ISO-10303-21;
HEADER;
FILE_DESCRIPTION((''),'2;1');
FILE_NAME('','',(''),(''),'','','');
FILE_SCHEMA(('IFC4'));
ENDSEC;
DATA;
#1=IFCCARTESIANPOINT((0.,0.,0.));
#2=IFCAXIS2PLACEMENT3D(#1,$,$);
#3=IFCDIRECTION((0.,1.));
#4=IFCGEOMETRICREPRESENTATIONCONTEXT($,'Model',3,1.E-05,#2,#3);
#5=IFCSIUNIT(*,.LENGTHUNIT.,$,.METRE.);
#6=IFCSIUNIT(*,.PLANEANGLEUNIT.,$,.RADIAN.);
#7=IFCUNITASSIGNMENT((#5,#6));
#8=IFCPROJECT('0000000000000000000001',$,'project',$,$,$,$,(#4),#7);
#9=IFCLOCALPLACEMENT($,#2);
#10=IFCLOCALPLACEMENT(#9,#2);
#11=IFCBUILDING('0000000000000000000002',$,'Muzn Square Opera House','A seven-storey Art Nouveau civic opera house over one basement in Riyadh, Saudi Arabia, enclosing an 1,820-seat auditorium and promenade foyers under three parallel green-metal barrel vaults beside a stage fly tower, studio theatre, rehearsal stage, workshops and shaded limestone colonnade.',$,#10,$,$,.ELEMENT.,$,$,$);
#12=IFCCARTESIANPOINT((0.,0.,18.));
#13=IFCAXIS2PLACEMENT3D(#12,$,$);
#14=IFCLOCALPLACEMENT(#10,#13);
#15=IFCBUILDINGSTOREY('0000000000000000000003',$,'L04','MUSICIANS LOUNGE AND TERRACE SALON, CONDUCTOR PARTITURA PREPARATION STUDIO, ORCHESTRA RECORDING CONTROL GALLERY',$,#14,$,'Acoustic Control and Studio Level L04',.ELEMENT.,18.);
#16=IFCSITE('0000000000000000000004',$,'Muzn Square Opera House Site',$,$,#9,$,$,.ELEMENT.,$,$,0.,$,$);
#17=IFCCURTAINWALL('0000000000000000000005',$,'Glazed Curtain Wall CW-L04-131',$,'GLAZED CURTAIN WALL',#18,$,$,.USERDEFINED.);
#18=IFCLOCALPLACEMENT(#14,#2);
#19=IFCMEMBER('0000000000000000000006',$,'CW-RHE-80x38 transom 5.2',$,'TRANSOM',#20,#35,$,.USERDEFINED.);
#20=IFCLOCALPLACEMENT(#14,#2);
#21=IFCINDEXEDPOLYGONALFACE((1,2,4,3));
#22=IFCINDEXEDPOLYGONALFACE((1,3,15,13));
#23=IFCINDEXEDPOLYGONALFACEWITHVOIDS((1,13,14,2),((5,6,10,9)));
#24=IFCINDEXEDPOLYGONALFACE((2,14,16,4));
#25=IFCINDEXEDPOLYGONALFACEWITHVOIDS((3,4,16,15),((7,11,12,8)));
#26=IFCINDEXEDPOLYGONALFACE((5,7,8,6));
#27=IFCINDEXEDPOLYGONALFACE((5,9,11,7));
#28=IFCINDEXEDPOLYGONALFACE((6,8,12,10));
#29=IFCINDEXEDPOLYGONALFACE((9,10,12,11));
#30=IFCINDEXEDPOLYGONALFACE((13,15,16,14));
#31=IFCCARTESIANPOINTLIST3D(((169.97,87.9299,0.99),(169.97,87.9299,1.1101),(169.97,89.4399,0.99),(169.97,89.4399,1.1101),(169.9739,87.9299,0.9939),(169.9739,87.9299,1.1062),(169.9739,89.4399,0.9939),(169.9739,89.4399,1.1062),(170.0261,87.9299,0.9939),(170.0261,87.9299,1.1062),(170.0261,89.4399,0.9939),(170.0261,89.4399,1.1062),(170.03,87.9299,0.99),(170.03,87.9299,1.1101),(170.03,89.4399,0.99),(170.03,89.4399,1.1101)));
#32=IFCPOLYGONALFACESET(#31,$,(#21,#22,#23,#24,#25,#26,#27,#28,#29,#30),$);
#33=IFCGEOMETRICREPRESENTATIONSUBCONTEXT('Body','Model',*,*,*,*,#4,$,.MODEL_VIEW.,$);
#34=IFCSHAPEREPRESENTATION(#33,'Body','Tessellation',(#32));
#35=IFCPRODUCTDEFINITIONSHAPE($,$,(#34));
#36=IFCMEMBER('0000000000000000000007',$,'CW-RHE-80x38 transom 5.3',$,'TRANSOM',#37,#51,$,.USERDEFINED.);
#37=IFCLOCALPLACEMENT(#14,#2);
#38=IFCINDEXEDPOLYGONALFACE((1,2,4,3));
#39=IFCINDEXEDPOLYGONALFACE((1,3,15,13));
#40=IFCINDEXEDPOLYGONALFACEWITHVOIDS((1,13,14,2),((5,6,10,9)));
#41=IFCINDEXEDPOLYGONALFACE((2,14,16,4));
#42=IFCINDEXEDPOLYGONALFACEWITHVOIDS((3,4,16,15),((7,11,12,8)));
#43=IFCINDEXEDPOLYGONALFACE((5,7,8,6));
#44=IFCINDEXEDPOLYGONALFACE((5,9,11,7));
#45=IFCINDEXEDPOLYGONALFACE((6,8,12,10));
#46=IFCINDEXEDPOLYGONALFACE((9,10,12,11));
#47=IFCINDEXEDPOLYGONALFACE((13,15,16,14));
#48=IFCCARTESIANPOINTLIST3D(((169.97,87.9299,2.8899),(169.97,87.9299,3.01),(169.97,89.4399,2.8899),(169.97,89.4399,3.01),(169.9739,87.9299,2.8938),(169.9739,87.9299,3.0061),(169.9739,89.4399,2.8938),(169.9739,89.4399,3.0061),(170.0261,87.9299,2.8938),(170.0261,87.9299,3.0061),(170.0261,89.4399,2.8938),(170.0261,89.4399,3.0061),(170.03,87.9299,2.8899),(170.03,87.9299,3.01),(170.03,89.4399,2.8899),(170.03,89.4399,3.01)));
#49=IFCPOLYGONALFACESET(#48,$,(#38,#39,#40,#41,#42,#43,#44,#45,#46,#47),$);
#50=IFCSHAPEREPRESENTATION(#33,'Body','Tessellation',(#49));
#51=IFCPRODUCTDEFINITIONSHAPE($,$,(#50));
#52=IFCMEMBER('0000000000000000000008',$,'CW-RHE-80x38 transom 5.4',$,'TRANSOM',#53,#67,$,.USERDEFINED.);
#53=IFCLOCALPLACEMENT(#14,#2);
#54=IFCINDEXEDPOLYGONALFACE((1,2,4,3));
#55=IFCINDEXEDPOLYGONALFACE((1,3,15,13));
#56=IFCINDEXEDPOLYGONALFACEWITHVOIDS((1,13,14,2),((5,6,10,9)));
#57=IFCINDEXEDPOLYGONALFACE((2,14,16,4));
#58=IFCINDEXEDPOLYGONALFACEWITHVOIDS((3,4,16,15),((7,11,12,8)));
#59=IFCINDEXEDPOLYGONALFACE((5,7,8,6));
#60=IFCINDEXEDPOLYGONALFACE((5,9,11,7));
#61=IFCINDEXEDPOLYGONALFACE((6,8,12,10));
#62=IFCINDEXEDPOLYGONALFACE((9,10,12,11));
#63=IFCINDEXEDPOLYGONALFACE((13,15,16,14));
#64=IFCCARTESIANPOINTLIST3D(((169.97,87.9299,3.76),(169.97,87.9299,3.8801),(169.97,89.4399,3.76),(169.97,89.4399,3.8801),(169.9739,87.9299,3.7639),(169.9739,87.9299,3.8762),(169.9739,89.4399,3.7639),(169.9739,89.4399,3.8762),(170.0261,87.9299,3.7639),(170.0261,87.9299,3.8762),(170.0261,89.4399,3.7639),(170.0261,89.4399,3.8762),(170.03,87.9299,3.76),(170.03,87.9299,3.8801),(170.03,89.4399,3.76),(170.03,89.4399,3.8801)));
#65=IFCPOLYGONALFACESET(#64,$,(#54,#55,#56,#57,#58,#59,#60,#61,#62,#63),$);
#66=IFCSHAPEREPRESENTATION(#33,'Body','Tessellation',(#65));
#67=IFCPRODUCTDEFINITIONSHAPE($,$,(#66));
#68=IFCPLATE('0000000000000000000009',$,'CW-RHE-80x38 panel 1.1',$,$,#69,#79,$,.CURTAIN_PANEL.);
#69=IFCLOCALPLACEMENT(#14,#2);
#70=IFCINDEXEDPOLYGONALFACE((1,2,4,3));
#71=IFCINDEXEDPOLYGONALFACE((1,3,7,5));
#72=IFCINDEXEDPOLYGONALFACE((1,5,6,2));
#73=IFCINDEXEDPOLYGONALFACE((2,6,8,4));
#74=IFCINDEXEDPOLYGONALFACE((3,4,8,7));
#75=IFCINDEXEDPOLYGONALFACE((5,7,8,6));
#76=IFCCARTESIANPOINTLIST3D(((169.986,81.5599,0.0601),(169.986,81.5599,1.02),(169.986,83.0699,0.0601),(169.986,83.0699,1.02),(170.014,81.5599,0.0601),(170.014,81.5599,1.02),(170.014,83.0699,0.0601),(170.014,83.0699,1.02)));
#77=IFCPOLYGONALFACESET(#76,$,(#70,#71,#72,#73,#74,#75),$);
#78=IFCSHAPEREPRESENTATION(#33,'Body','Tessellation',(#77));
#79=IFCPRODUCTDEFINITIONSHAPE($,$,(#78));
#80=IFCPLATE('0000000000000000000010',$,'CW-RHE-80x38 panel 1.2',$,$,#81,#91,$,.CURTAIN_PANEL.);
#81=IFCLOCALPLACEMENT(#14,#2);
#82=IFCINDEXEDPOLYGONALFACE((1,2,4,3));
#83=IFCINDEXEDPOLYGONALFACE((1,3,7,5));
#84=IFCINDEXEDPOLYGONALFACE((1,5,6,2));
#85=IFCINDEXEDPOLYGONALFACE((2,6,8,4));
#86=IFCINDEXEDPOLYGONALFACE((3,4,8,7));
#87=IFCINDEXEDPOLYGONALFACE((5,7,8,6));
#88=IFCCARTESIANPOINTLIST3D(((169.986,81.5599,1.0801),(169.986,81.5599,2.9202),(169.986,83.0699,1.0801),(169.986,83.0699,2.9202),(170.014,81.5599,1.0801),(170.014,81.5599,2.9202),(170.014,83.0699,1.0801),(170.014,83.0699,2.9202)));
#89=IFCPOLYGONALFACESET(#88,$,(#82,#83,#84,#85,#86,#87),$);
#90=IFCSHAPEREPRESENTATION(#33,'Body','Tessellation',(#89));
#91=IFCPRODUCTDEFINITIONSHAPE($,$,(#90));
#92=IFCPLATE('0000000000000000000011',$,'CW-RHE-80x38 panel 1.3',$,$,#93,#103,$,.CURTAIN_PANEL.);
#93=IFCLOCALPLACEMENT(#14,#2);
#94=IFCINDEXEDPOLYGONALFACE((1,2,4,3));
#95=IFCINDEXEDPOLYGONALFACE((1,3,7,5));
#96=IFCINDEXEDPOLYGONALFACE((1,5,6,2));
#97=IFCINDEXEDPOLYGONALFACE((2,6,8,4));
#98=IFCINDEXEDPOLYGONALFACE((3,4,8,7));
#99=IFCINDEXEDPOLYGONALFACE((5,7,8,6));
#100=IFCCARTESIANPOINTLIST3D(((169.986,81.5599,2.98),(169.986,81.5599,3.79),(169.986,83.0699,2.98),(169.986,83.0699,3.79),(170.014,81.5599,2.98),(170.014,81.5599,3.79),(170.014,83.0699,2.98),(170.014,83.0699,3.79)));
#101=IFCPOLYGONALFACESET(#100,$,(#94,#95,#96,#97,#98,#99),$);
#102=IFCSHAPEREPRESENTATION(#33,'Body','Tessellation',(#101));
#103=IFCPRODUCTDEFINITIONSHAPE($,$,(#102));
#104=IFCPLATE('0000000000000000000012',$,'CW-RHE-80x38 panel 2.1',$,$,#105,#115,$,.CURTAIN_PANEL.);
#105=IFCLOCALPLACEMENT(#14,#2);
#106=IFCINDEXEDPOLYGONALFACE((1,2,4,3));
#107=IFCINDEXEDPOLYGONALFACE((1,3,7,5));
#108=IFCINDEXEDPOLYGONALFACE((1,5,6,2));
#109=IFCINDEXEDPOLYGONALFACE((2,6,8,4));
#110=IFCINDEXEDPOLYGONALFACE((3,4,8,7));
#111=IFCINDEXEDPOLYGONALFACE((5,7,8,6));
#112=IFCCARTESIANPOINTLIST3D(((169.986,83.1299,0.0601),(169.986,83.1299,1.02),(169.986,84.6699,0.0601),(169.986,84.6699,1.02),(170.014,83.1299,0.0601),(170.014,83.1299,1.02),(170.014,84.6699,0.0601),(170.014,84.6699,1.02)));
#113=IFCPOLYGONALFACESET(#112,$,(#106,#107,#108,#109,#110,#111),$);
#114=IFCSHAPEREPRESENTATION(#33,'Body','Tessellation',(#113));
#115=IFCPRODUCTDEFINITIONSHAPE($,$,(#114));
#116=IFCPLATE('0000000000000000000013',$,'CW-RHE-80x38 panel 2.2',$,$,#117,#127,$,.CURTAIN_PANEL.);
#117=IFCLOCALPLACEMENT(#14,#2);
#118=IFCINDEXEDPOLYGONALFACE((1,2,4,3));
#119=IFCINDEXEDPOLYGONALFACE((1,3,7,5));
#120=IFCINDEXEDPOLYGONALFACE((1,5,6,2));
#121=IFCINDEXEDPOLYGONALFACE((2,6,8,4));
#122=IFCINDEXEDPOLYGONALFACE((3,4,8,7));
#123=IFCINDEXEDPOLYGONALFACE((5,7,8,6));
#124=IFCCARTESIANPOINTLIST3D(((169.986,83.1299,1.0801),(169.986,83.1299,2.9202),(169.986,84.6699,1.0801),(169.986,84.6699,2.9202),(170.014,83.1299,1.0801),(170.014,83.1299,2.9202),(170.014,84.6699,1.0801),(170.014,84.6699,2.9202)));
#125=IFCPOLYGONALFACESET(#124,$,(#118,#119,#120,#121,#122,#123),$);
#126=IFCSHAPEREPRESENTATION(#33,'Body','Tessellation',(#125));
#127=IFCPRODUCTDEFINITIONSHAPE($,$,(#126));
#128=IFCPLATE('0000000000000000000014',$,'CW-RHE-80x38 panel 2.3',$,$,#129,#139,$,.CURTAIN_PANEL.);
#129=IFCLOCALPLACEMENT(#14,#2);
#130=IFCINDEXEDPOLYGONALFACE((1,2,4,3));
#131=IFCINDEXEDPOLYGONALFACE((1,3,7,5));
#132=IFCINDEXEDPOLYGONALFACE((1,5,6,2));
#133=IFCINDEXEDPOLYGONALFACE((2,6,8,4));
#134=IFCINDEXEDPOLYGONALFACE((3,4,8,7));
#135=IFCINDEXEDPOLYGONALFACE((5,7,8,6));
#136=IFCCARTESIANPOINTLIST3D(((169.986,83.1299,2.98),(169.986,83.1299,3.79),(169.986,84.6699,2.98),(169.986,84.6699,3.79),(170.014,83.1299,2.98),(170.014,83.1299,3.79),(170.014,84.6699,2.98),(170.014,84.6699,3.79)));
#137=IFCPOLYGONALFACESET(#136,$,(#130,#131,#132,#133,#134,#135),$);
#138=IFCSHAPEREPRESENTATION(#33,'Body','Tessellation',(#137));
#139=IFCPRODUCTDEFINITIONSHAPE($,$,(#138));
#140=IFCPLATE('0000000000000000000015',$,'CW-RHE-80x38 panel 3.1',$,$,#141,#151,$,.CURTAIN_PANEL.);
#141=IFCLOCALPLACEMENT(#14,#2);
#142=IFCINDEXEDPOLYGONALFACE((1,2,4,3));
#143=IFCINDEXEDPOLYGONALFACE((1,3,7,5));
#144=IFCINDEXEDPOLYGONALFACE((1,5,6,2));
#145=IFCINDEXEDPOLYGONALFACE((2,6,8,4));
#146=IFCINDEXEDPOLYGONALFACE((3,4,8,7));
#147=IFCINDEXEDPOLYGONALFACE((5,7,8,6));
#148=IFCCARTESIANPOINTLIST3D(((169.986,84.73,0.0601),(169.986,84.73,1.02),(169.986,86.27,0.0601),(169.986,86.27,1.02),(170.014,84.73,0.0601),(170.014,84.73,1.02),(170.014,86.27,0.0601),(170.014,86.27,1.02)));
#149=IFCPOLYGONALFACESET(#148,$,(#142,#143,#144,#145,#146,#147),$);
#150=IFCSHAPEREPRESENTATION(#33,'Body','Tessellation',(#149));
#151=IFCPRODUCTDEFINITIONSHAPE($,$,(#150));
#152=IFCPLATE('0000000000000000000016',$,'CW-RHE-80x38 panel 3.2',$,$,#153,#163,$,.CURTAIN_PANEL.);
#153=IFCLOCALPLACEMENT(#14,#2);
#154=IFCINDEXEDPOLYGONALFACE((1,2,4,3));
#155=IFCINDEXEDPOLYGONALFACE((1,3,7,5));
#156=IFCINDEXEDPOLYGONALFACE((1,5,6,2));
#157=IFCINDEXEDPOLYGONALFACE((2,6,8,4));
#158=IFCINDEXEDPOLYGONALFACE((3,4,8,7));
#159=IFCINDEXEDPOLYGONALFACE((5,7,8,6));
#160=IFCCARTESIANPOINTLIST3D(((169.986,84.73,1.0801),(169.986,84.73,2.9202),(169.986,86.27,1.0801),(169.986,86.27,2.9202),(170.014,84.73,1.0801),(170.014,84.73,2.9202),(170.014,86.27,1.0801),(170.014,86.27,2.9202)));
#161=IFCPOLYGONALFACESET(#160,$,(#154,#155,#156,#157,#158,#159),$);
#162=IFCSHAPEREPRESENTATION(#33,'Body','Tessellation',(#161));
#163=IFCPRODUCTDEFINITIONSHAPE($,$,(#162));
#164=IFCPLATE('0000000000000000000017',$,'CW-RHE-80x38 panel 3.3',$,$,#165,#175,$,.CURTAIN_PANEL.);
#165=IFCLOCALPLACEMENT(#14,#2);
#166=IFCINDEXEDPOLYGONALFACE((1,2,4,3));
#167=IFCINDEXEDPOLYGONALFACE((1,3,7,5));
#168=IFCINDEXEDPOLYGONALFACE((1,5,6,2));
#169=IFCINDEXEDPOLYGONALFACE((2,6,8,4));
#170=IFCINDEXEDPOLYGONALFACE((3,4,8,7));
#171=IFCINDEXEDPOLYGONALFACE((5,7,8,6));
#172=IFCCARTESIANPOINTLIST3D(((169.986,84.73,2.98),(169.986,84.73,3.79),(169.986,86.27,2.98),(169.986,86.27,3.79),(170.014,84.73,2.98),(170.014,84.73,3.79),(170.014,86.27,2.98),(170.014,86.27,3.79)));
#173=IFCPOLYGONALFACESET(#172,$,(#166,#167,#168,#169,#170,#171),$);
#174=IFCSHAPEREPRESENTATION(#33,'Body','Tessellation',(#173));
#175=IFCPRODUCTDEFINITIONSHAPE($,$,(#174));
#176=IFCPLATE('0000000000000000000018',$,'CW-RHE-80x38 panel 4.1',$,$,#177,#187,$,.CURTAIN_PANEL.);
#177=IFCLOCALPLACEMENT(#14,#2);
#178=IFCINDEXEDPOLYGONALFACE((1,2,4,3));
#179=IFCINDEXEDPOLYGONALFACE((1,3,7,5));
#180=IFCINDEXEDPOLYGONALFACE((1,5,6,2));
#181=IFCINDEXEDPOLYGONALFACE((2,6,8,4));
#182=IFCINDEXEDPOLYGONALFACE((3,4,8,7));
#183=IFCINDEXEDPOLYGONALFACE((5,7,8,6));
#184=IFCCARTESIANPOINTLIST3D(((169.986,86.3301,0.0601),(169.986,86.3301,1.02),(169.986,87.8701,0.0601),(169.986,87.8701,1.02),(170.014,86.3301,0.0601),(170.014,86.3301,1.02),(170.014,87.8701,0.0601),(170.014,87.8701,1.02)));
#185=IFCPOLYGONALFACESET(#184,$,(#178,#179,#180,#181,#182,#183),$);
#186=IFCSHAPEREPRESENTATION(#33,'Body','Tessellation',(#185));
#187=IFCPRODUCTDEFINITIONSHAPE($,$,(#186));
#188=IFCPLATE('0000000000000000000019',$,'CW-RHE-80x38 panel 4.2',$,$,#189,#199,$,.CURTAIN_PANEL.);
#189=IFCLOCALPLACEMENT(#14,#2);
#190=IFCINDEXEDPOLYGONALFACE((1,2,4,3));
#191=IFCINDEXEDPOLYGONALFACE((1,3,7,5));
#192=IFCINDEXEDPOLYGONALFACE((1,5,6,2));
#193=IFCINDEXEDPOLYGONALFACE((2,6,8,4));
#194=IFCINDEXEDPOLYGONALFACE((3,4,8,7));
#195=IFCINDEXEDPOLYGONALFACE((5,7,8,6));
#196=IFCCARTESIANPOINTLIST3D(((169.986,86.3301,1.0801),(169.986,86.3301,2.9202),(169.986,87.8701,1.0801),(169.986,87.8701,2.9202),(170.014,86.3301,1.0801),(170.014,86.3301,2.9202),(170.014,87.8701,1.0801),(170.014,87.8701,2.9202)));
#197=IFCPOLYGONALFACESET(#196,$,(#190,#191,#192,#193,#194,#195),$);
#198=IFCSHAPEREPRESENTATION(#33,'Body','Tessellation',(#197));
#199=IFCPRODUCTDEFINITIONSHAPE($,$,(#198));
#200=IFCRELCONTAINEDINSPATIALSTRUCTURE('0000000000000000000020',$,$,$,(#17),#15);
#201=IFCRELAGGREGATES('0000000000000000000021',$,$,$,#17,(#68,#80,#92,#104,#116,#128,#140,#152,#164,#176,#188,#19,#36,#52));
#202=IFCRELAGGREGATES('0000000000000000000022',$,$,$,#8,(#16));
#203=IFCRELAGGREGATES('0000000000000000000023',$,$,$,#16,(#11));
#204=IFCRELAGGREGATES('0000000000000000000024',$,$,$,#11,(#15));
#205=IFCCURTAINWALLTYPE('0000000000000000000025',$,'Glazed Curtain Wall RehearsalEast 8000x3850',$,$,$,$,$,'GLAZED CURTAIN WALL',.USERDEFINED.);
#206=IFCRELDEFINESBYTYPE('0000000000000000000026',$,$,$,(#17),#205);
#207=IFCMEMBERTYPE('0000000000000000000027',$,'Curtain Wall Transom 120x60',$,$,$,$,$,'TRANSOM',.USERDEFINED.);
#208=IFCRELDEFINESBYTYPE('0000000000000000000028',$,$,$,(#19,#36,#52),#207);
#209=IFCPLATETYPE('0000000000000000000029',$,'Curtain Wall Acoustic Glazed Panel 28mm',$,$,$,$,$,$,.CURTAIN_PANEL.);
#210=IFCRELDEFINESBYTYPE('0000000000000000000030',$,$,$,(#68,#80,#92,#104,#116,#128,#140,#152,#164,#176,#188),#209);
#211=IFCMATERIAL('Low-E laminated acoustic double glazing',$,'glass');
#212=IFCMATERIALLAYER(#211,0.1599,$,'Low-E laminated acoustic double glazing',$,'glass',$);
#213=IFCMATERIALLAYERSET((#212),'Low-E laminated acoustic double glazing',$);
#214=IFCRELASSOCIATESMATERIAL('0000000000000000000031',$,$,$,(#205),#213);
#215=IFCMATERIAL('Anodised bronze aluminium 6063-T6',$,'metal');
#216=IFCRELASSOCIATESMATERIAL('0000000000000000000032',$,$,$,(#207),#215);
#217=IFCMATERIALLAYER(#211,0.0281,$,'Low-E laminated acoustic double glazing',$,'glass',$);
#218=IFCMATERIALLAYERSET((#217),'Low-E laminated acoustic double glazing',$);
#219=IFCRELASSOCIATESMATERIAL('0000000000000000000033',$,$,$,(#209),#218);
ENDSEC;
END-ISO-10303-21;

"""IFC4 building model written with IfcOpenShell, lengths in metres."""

from ifc_helpers import new_model, si_unit, direction, frame, origin, origin_2d, place, context, subcontext, project, spatial, rectangle, hollow_rectangle, extrude, material, layer, layer_set, material_profile, profile_set, type_object, element, aggregate, save


model = new_model("IFC4")

# Units and contexts
model_context = context("Model", 3, precision=1e-05, world=origin(), true_north=direction((0.0, 1.0)))
body_context = subcontext(model_context, "Body", "Model", "MODEL_VIEW")
ifc_project = project(units=[si_unit("LENGTHUNIT", "METRE"), si_unit("PLANEANGLEUNIT", "RADIAN")], contexts=[model_context])

# Site, building, storey
site_placement = place(None, origin())
site = spatial("IfcSite", under=ifc_project, at=site_placement, Name="Muzn Square Opera House Site", CompositionType="ELEMENT", RefElevation=0.0)
building_placement = place(site_placement, origin())
building = spatial("IfcBuilding", under=site, at=building_placement, Name="Muzn Square Opera House", Description="A seven-storey Art Nouveau civic opera house over one basement in Riyadh, Saudi Arabia, enclosing an 1,820-seat auditorium and promenade foyers under three parallel green-metal barrel vaults beside a stage fly tower, studio theatre, rehearsal stage, workshops and shaded limestone colonnade.", CompositionType="ELEMENT")
storey_placement = place(building_placement, frame((0.0, 0.0, 18.0)))
storey = spatial("IfcBuildingStorey", under=building, at=storey_placement, Name="L04", Description="MUSICIANS LOUNGE AND TERRACE SALON, CONDUCTOR PARTITURA PREPARATION STUDIO, ORCHESTRA RECORDING CONTROL GALLERY", LongName="Acoustic Control and Studio Level L04", CompositionType="ELEMENT", Elevation=18.0)

# Curtain wall, members, plates
ifc_material_1 = material(Name="Low-E laminated acoustic double glazing", Category="glass")
ifc_layer_1 = layer(ifc_material_1, 0.1599, Name="Low-E laminated acoustic double glazing", Category="glass")
ifc_layer_set_1 = layer_set([ifc_layer_1], Name="Low-E laminated acoustic double glazing")
curtain_wall_type = type_object("IfcCurtainWallType", Name="Glazed Curtain Wall RehearsalEast 8000x3850", ElementType="GLAZED CURTAIN WALL", PredefinedType="USERDEFINED", material=ifc_layer_set_1)
curtain_wall_placement = place(storey_placement, origin())
curtain_wall = element("IfcCurtainWall", 1, at=curtain_wall_placement, inside=storey, type_object=curtain_wall_type, Name="Glazed Curtain Wall CW-L04-131", ObjectType="GLAZED CURTAIN WALL", PredefinedType="USERDEFINED")
ifc_material_2 = material(Name="Anodised bronze aluminium 6063-T6", Category="metal")
ifc_material_profile_1 = material_profile(ifc_material_2, hollow_rectangle(XDim=0.0601, YDim=0.1201, WallThickness=0.0039, at=origin_2d()), Name="ALU 120x60x4", Category="metal")
ifc_profile_set_1 = profile_set([ifc_material_profile_1], Name="Anodised bronze aluminium 6063-T6")
member_type_1 = type_object("IfcMemberType", Name="Curtain Wall Transom 120x60", ElementType="TRANSOM", PredefinedType="USERDEFINED", material=ifc_profile_set_1)
member_1_placement = place(storey_placement, frame((170.0, 87.9299, 1.05), z_axis=(0.0, 1.0, 0.0), x_axis=(-1.0, 0.0, 0.0)))
member_1 = element("IfcMember", 2, at=member_1_placement, type_object=member_type_1, Name="CW-RHE-80x38 transom 5.2", ObjectType="TRANSOM", PredefinedType="USERDEFINED", context=body_context, shape_type="SweptSolid", body=[
    extrude(hollow_rectangle(XDim=0.0601, YDim=0.1201, WallThickness=0.0039, at=origin_2d()), origin(), (0.0, 0.0, 1.0), 1.51),
])
member_2_placement = place(storey_placement, frame((170.0, 87.9299, 2.95), z_axis=(0.0, 1.0, 0.0), x_axis=(-1.0, 0.0, 0.0)))
member_2 = element("IfcMember", 3, at=member_2_placement, type_object=member_type_1, Name="CW-RHE-80x38 transom 5.3", ObjectType="TRANSOM", PredefinedType="USERDEFINED", context=body_context, shape_type="SweptSolid", body=[
    extrude(hollow_rectangle(XDim=0.0601, YDim=0.1201, WallThickness=0.0039, at=origin_2d()), origin(), (0.0, 0.0, 1.0), 1.51),
])
member_3_placement = place(storey_placement, frame((170.0, 87.9299, 3.8201), z_axis=(0.0, 1.0, 0.0), x_axis=(-1.0, 0.0, 0.0)))
member_3 = element("IfcMember", 4, at=member_3_placement, type_object=member_type_1, Name="CW-RHE-80x38 transom 5.4", ObjectType="TRANSOM", PredefinedType="USERDEFINED", context=body_context, shape_type="SweptSolid", body=[
    extrude(hollow_rectangle(XDim=0.0601, YDim=0.1201, WallThickness=0.0039, at=origin_2d()), origin(), (0.0, 0.0, 1.0), 1.51),
])
ifc_layer_2 = layer(ifc_material_1, 0.0281, Name="Low-E laminated acoustic double glazing", Category="glass")
ifc_layer_set_2 = layer_set([ifc_layer_2], Name="Low-E laminated acoustic double glazing")
plate_type = type_object("IfcPlateType", Name="Curtain Wall Acoustic Glazed Panel 28mm", PredefinedType="CURTAIN_PANEL", material=ifc_layer_set_2)
plate_1_placement = place(storey_placement, frame((170.0, 82.3149, 0.0601), z_axis=(0.0, 0.0, 1.0), x_axis=(0.0, 1.0, 0.0)))
plate_1 = element("IfcPlate", 5, at=plate_1_placement, type_object=plate_type, Name="CW-RHE-80x38 panel 1.1", PredefinedType="CURTAIN_PANEL", context=body_context, shape_type="SweptSolid", body=[
    extrude(rectangle(XDim=1.51, YDim=0.0281, at=origin_2d()), origin(), (0.0, 0.0, 1.0), 0.96),
])
plate_2_placement = place(storey_placement, frame((170.0, 82.3149, 1.0801), z_axis=(0.0, 0.0, 1.0), x_axis=(0.0, 1.0, 0.0)))
plate_2 = element("IfcPlate", 6, at=plate_2_placement, type_object=plate_type, Name="CW-RHE-80x38 panel 1.2", PredefinedType="CURTAIN_PANEL", context=body_context, shape_type="SweptSolid", body=[
    extrude(rectangle(XDim=1.51, YDim=0.0281, at=origin_2d()), origin(), (0.0, 0.0, 1.0), 1.8401),
])
plate_3_placement = place(storey_placement, frame((170.0, 82.3149, 2.98), z_axis=(0.0, 0.0, 1.0), x_axis=(0.0, 1.0, 0.0)))
plate_3 = element("IfcPlate", 7, at=plate_3_placement, type_object=plate_type, Name="CW-RHE-80x38 panel 1.3", PredefinedType="CURTAIN_PANEL", context=body_context, shape_type="SweptSolid", body=[
    extrude(rectangle(XDim=1.51, YDim=0.0281, at=origin_2d()), origin(), (0.0, 0.0, 1.0), 0.8101),
])
plate_4_placement = place(storey_placement, frame((170.0, 83.8999, 0.0601), z_axis=(0.0, 0.0, 1.0), x_axis=(0.0, 1.0, 0.0)))
plate_4 = element("IfcPlate", 8, at=plate_4_placement, type_object=plate_type, Name="CW-RHE-80x38 panel 2.1", PredefinedType="CURTAIN_PANEL", context=body_context, shape_type="SweptSolid", body=[
    extrude(rectangle(XDim=1.54, YDim=0.0281, at=origin_2d()), origin(), (0.0, 0.0, 1.0), 0.96),
])
plate_5_placement = place(storey_placement, frame((170.0, 83.8999, 1.0801), z_axis=(0.0, 0.0, 1.0), x_axis=(0.0, 1.0, 0.0)))
plate_5 = element("IfcPlate", 9, at=plate_5_placement, type_object=plate_type, Name="CW-RHE-80x38 panel 2.2", PredefinedType="CURTAIN_PANEL", context=body_context, shape_type="SweptSolid", body=[
    extrude(rectangle(XDim=1.54, YDim=0.0281, at=origin_2d()), origin(), (0.0, 0.0, 1.0), 1.8401),
])
plate_6_placement = place(storey_placement, frame((170.0, 83.8999, 2.98), z_axis=(0.0, 0.0, 1.0), x_axis=(0.0, 1.0, 0.0)))
plate_6 = element("IfcPlate", 10, at=plate_6_placement, type_object=plate_type, Name="CW-RHE-80x38 panel 2.3", PredefinedType="CURTAIN_PANEL", context=body_context, shape_type="SweptSolid", body=[
    extrude(rectangle(XDim=1.54, YDim=0.0281, at=origin_2d()), origin(), (0.0, 0.0, 1.0), 0.8101),
])
plate_7_placement = place(storey_placement, frame((170.0, 85.5, 0.0601), z_axis=(0.0, 0.0, 1.0), x_axis=(0.0, 1.0, 0.0)))
plate_7 = element("IfcPlate", 11, at=plate_7_placement, type_object=plate_type, Name="CW-RHE-80x38 panel 3.1", PredefinedType="CURTAIN_PANEL", context=body_context, shape_type="SweptSolid", body=[
    extrude(rectangle(XDim=1.54, YDim=0.0281, at=origin_2d()), origin(), (0.0, 0.0, 1.0), 0.96),
])
plate_8_placement = place(storey_placement, frame((170.0, 85.5, 1.0801), z_axis=(0.0, 0.0, 1.0), x_axis=(0.0, 1.0, 0.0)))
plate_8 = element("IfcPlate", 12, at=plate_8_placement, type_object=plate_type, Name="CW-RHE-80x38 panel 3.2", PredefinedType="CURTAIN_PANEL", context=body_context, shape_type="SweptSolid", body=[
    extrude(rectangle(XDim=1.54, YDim=0.0281, at=origin_2d()), origin(), (0.0, 0.0, 1.0), 1.8401),
])
plate_9_placement = place(storey_placement, frame((170.0, 85.5, 2.98), z_axis=(0.0, 0.0, 1.0), x_axis=(0.0, 1.0, 0.0)))
plate_9 = element("IfcPlate", 13, at=plate_9_placement, type_object=plate_type, Name="CW-RHE-80x38 panel 3.3", PredefinedType="CURTAIN_PANEL", context=body_context, shape_type="SweptSolid", body=[
    extrude(rectangle(XDim=1.54, YDim=0.0281, at=origin_2d()), origin(), (0.0, 0.0, 1.0), 0.8101),
])
plate_10_placement = place(storey_placement, frame((170.0, 87.1001, 0.0601), z_axis=(0.0, 0.0, 1.0), x_axis=(0.0, 1.0, 0.0)))
plate_10 = element("IfcPlate", 14, at=plate_10_placement, type_object=plate_type, Name="CW-RHE-80x38 panel 4.1", PredefinedType="CURTAIN_PANEL", context=body_context, shape_type="SweptSolid", body=[
    extrude(rectangle(XDim=1.54, YDim=0.0281, at=origin_2d()), origin(), (0.0, 0.0, 1.0), 0.96),
])
plate_11_placement = place(storey_placement, frame((170.0, 87.1001, 1.0801), z_axis=(0.0, 0.0, 1.0), x_axis=(0.0, 1.0, 0.0)))
plate_11 = element("IfcPlate", 15, at=plate_11_placement, type_object=plate_type, Name="CW-RHE-80x38 panel 4.2", PredefinedType="CURTAIN_PANEL", context=body_context, shape_type="SweptSolid", body=[
    extrude(rectangle(XDim=1.54, YDim=0.0281, at=origin_2d()), origin(), (0.0, 0.0, 1.0), 1.8401),
])
aggregate(curtain_wall, [plate_1, plate_2, plate_3, plate_4, plate_5, plate_6, plate_7, plate_8, plate_9, plate_10, plate_11, member_1, member_2, member_3])

save(model, "model.ifc")
